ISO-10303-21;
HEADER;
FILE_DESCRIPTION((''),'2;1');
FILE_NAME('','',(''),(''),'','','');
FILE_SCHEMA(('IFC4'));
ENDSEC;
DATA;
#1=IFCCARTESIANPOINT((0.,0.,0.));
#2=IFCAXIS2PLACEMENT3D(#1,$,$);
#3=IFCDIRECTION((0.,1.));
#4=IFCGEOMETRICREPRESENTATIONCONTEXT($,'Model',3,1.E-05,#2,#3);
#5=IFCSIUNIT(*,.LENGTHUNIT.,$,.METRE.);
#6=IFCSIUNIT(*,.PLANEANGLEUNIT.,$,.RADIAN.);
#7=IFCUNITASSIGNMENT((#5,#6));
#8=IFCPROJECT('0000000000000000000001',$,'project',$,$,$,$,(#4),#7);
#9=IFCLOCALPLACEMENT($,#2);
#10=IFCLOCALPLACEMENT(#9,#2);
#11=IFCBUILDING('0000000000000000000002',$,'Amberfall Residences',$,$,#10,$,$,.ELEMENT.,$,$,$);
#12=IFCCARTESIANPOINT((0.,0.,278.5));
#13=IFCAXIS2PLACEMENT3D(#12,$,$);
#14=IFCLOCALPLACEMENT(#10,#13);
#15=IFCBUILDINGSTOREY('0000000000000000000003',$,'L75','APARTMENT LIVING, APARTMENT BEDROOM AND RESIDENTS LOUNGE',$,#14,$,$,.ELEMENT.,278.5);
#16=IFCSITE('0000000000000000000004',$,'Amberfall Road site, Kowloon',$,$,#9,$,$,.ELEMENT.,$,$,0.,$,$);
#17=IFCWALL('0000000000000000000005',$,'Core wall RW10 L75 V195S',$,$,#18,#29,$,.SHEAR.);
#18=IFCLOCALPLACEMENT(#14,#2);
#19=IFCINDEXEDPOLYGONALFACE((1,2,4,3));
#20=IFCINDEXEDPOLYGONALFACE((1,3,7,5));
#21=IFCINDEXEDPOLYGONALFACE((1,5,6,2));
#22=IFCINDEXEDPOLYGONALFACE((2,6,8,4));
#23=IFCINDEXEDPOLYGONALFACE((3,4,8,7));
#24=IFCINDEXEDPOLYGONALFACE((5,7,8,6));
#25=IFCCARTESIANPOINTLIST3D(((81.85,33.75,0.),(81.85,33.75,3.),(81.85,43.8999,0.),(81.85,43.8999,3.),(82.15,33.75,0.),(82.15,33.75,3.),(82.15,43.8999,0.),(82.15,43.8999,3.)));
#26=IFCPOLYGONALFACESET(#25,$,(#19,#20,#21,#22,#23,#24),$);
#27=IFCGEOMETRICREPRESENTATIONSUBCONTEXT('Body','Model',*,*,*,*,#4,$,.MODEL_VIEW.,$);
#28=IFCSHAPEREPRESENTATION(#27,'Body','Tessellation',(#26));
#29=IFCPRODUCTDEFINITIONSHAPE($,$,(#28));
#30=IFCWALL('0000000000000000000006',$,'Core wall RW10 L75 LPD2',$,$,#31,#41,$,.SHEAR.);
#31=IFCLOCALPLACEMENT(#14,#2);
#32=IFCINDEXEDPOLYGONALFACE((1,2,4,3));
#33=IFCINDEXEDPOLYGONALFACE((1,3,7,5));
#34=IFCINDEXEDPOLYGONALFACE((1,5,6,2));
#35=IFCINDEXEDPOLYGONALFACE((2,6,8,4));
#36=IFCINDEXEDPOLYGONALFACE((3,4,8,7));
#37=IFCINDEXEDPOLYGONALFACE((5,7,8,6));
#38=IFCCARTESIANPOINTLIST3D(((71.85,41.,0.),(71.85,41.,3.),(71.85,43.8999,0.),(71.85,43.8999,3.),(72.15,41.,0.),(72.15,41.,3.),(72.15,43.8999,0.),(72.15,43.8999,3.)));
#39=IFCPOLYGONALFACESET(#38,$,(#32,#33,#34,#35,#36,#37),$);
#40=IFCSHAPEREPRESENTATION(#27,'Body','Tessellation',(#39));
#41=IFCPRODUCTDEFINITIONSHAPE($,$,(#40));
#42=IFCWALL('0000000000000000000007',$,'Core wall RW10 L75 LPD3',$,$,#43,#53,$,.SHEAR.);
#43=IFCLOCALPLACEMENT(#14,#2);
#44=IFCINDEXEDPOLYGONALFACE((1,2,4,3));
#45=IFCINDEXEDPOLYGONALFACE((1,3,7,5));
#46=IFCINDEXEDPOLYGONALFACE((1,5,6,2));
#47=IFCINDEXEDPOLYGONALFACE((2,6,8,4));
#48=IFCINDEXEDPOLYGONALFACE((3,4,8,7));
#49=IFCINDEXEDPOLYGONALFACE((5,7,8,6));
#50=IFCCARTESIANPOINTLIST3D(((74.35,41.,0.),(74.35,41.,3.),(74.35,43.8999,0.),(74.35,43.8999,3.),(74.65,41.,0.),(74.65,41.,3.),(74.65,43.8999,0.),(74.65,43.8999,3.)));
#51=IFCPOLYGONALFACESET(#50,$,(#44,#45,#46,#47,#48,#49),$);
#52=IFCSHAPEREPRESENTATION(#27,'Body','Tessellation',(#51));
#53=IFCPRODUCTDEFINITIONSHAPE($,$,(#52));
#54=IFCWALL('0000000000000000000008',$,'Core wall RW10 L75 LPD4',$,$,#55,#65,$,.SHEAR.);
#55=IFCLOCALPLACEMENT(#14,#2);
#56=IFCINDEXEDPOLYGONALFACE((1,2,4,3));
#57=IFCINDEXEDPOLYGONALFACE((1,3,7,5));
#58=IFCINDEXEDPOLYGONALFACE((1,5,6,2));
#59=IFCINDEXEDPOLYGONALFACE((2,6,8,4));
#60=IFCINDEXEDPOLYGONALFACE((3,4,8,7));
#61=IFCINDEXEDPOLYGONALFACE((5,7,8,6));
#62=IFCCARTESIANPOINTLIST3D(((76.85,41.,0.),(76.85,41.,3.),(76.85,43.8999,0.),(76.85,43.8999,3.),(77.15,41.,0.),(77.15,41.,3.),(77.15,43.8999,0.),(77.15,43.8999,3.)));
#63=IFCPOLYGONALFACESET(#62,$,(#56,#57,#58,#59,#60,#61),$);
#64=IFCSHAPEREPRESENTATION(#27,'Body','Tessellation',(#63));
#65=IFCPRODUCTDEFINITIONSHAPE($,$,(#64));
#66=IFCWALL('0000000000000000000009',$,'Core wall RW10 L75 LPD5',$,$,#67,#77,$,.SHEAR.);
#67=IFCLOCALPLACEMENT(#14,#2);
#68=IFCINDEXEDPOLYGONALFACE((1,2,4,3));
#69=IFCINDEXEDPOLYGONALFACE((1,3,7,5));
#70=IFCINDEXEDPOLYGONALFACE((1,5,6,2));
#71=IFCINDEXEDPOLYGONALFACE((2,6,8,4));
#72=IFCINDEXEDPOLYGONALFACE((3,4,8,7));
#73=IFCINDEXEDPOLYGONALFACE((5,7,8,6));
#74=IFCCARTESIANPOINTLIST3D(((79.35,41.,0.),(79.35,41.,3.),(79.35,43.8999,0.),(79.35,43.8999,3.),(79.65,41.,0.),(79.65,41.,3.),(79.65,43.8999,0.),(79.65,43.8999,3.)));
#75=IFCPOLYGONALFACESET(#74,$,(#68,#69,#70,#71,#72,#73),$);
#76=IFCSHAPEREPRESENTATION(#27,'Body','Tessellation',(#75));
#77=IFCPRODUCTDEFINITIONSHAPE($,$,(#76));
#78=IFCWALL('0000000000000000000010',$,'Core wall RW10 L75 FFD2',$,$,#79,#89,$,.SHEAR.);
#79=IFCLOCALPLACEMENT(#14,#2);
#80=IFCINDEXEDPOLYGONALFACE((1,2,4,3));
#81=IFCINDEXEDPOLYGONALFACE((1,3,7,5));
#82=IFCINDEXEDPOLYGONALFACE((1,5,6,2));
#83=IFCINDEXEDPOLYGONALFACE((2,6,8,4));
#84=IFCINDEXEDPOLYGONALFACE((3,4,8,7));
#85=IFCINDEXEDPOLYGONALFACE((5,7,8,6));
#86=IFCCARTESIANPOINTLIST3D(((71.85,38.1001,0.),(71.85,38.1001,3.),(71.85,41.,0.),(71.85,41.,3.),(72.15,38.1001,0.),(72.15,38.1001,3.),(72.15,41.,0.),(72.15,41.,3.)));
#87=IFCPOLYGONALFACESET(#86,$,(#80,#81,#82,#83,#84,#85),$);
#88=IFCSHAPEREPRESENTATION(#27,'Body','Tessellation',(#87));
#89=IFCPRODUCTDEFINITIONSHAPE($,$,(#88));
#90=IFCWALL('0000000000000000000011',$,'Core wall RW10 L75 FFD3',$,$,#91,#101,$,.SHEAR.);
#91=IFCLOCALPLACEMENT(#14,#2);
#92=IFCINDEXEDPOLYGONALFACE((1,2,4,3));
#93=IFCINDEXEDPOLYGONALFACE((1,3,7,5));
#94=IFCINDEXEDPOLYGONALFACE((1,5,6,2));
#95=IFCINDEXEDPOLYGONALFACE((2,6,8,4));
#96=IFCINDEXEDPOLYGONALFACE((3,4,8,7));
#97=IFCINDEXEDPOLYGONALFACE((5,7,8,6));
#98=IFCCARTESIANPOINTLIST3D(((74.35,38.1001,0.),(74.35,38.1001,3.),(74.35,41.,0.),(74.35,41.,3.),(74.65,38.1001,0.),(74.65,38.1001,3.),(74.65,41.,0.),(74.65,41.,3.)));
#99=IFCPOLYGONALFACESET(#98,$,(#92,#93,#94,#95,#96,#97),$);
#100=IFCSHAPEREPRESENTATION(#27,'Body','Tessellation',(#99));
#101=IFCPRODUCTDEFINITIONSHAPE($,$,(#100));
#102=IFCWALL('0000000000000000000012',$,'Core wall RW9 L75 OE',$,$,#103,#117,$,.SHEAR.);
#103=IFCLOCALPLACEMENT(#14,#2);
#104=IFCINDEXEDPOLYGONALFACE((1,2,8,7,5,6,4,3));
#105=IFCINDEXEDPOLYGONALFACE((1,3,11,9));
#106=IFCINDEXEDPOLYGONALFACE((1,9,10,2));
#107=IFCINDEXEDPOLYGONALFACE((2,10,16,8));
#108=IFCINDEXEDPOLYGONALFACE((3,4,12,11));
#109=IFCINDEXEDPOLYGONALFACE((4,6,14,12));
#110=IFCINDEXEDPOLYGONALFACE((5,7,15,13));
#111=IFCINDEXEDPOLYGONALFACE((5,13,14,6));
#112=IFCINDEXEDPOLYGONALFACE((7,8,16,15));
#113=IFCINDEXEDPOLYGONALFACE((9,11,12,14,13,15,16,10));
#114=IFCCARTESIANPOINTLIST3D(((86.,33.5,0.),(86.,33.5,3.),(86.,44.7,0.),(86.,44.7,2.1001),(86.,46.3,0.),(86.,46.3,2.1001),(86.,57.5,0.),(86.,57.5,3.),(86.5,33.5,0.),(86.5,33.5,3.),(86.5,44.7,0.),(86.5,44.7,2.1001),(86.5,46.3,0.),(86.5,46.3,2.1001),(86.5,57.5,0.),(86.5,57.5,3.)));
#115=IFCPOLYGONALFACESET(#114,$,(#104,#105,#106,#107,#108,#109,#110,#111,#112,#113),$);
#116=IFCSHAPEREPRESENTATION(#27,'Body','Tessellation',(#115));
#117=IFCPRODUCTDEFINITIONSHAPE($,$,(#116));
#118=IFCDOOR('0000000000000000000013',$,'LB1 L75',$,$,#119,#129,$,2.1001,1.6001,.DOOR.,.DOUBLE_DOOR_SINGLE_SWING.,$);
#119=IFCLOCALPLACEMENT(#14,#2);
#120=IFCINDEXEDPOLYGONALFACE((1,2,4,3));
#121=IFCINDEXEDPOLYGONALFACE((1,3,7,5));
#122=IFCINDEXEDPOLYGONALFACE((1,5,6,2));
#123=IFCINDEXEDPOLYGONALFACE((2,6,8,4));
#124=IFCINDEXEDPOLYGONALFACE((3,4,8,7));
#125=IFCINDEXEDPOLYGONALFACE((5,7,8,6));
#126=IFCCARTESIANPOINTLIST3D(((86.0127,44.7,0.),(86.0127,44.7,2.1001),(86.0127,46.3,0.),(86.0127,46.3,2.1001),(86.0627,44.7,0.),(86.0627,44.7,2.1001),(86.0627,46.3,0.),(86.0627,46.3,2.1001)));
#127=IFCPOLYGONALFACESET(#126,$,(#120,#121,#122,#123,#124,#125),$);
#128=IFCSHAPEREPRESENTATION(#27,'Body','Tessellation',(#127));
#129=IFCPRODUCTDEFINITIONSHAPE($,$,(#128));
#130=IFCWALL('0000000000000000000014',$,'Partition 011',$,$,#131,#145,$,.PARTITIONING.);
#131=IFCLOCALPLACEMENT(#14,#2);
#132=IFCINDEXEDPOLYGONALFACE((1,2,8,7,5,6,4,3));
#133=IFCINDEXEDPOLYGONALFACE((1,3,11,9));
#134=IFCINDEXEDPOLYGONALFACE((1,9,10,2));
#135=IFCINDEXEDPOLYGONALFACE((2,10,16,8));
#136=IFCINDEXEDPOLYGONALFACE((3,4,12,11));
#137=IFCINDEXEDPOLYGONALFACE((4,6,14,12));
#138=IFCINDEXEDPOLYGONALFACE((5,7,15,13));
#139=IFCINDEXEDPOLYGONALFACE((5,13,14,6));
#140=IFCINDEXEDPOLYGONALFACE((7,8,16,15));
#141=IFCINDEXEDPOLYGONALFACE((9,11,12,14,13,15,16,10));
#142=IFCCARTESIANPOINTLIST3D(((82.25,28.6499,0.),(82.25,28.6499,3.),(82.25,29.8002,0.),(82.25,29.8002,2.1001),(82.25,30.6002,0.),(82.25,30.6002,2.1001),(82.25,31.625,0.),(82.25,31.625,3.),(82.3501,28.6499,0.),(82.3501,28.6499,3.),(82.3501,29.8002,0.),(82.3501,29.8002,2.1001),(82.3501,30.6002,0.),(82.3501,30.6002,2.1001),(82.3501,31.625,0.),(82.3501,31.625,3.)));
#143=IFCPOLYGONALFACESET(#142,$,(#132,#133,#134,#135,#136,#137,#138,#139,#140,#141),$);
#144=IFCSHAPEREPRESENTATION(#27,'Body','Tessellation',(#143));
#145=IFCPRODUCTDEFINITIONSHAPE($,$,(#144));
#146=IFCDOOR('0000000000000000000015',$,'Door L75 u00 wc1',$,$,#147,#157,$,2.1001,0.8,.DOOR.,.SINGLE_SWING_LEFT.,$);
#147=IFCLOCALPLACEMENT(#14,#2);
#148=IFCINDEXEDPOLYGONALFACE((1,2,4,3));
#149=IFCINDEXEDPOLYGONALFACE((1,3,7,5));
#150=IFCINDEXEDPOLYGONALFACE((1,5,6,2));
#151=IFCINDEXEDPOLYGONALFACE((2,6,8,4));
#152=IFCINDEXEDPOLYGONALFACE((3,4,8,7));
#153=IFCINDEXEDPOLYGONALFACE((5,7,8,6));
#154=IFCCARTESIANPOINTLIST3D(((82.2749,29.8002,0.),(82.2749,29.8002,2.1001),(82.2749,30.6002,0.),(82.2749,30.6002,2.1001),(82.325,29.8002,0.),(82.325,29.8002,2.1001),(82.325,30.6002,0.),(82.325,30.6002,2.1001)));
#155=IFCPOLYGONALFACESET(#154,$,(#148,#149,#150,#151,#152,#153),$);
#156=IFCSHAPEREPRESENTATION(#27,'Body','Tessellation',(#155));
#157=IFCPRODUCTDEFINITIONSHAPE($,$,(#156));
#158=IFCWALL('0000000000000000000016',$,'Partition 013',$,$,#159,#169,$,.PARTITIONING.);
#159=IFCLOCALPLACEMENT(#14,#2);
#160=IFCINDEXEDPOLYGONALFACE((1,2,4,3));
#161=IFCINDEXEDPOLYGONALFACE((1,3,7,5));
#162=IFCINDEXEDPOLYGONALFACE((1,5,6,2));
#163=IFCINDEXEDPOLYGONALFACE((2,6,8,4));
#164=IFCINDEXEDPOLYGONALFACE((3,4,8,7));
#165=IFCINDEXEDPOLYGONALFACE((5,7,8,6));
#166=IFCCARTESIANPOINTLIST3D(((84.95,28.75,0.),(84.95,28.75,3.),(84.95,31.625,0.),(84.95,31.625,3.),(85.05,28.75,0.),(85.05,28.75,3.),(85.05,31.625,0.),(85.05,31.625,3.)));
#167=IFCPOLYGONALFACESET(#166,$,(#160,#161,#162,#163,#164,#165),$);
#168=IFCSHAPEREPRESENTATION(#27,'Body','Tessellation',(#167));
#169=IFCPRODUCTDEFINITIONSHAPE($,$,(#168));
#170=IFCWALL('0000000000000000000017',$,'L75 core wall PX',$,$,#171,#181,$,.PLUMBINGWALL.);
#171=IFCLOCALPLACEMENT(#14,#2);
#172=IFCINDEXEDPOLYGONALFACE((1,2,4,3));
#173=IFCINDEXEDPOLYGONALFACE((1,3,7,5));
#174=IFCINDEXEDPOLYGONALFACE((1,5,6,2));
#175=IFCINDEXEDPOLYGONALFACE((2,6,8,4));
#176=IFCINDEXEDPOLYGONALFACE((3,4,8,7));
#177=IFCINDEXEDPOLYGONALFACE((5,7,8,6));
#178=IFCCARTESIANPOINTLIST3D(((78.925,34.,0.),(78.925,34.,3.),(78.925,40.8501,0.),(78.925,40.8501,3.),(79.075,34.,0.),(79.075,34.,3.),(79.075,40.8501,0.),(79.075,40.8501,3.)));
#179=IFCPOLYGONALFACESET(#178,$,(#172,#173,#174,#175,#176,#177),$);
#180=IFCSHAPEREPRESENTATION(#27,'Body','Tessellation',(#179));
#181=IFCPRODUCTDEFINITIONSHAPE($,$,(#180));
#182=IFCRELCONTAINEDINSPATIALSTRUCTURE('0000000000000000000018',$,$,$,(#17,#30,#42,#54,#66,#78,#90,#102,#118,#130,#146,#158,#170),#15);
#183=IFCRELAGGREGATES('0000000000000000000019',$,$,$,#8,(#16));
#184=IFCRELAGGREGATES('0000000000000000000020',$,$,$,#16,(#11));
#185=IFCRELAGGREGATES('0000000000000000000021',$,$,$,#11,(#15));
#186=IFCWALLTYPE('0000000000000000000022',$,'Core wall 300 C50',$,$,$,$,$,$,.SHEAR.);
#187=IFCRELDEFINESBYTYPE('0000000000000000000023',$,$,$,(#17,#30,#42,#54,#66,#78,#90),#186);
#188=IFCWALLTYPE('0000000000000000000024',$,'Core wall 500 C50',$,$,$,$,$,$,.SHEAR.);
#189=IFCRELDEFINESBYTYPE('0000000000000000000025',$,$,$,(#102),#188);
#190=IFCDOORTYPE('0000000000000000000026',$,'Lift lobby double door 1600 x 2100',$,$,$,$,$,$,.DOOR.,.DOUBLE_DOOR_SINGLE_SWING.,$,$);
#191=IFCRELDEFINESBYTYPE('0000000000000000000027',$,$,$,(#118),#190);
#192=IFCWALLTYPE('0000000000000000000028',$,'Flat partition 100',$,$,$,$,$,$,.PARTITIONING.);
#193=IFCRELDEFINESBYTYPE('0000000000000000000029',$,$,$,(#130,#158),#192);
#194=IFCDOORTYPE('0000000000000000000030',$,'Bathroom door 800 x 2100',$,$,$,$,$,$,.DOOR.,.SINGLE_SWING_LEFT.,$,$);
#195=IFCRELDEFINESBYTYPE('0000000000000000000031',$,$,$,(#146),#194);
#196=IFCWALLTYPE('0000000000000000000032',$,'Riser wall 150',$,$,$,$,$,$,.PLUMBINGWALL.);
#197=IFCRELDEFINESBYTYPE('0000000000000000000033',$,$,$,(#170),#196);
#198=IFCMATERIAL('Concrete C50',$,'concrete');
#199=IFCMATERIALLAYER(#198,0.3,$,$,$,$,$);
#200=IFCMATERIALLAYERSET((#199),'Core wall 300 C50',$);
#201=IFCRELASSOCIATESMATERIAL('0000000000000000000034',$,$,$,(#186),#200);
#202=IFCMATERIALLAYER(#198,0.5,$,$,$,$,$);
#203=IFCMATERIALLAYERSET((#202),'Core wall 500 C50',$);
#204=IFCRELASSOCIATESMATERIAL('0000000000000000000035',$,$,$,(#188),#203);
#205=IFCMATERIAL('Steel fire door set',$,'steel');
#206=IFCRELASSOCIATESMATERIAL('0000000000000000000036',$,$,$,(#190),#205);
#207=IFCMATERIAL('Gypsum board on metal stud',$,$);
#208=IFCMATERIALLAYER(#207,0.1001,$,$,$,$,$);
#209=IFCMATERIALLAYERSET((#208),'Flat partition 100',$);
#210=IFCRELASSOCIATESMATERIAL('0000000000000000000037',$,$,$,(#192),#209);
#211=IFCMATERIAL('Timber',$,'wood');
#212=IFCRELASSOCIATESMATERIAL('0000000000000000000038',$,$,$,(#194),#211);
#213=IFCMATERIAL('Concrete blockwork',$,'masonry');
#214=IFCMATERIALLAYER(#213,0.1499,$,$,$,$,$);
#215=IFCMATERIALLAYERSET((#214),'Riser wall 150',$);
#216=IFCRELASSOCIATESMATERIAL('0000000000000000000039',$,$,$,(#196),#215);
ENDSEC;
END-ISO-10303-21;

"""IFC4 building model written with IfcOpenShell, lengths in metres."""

from ifc_helpers import new_model, si_unit, direction, frame, frame_2d, origin, place, context, subcontext, project, spatial, rectangle, extrude, material, layer, layer_set, type_object, element, fill, save


model = new_model("IFC4")

# Units and contexts
model_context = context("Model", 3, precision=1e-05, world=origin(), true_north=direction((0.0, 1.0)))
body_context = subcontext(model_context, "Body", "Model", "MODEL_VIEW")
ifc_project = project(units=[si_unit("LENGTHUNIT", "METRE"), si_unit("PLANEANGLEUNIT", "RADIAN")], contexts=[model_context])

# Site, building, storey
site_placement = place(None, origin())
site = spatial("IfcSite", under=ifc_project, at=site_placement, Name="Amberfall Road site, Kowloon", CompositionType="ELEMENT", RefElevation=0.0)
building_placement = place(site_placement, origin())
building = spatial("IfcBuilding", under=site, at=building_placement, Name="Amberfall Residences", CompositionType="ELEMENT")
storey_placement = place(building_placement, frame((0.0, 0.0, 278.5)))
storey = spatial("IfcBuildingStorey", under=building, at=storey_placement, Name="L75", Description="APARTMENT LIVING, APARTMENT BEDROOM AND RESIDENTS LOUNGE", CompositionType="ELEMENT", Elevation=278.5)

# Walls
ifc_material_1 = material(Name="Concrete C50", Category="concrete")
ifc_layer_1 = layer(ifc_material_1, 0.3)
ifc_layer_set_1 = layer_set([ifc_layer_1], Name="Core wall 300 C50")
wall_type_1 = type_object("IfcWallType", Name="Core wall 300 C50", PredefinedType="SHEAR", material=ifc_layer_set_1)
wall_1_placement = place(storey_placement, frame((82.0, 33.75, 0.0), z_axis=(0.0, 0.0, 1.0), x_axis=(0.0, 1.0, 0.0)))
element("IfcWall", 1, at=wall_1_placement, inside=storey, type_object=wall_type_1, Name="Core wall RW10 L75 V195S", PredefinedType="SHEAR", context=body_context, shape_type="SweptSolid", body=[
    extrude(rectangle(XDim=10.1499, YDim=0.3, at=frame_2d((5.075, 0.0))), origin(), (0.0, 0.0, 1.0), 3.0),
])
for number, where, z_axis, x_axis, name in (
    (2, (72.0, 41.0, 0.0), (0.0, 0.0, 1.0), (0.0, 1.0, 0.0), "Core wall RW10 L75 LPD2"),
    (3, (74.5, 41.0, 0.0), (0.0, 0.0, 1.0), (0.0, 1.0, 0.0), "Core wall RW10 L75 LPD3"),
    (4, (77.0, 41.0, 0.0), (0.0, 0.0, 1.0), (0.0, 1.0, 0.0), "Core wall RW10 L75 LPD4"),
    (5, (79.5, 41.0, 0.0), (0.0, 0.0, 1.0), (0.0, 1.0, 0.0), "Core wall RW10 L75 LPD5"),
    (6, (72.0, 38.1001, 0.0), (0.0, 0.0, 1.0), (0.0, 1.0, 0.0), "Core wall RW10 L75 FFD2"),
    (7, (74.5, 38.1001, 0.0), (0.0, 0.0, 1.0), (0.0, 1.0, 0.0), "Core wall RW10 L75 FFD3"),
):
    element("IfcWall", number, at=place(storey_placement, frame(where, z_axis=z_axis, x_axis=x_axis)), inside=storey, type_object=wall_type_1, Name=name, PredefinedType="SHEAR", context=body_context, shape_type="SweptSolid", body=[
        extrude(rectangle(XDim=2.8999, YDim=0.3, at=frame_2d((1.45, 0.0))), origin(), (0.0, 0.0, 1.0), 3.0),
    ])

# Walls, openings, doors
ifc_layer_2 = layer(ifc_material_1, 0.5)
ifc_layer_set_2 = layer_set([ifc_layer_2], Name="Core wall 500 C50")
wall_type_2 = type_object("IfcWallType", Name="Core wall 500 C50", PredefinedType="SHEAR", material=ifc_layer_set_2)
wall_2_placement = place(storey_placement, frame((86.25, 33.5, 0.0), z_axis=(0.0, 0.0, 1.0), x_axis=(0.0, 1.0, 0.0)))
wall_2 = element("IfcWall", 8, at=wall_2_placement, inside=storey, type_object=wall_type_2, Name="Core wall RW9 L75 OE", PredefinedType="SHEAR", context=body_context, shape_type="SweptSolid", body=[
    extrude(rectangle(XDim=24.0, YDim=0.5, at=frame_2d((12.0, 0.0))), origin(), (0.0, 0.0, 1.0), 3.0),
])
opening_1_placement = place(wall_2_placement, frame((11.2, 0.0, 0.0)))
opening_1 = element("IfcOpeningElement", 9, at=opening_1_placement, cuts=wall_2, PredefinedType="OPENING", context=body_context, shape_type="SweptSolid", body=[
    extrude(rectangle(XDim=1.6001, YDim=2.1001, at=frame_2d((0.8, 1.05))), frame((0.0, 0.26, 0.0), z_axis=(0.0, -1.0, 0.0), x_axis=(1.0, 0.0, 0.0)), (0.0, 0.0, 1.0), 0.52),
])
ifc_material_2 = material(Name="Steel fire door set", Category="steel")
door_type_1 = type_object("IfcDoorType", Name="Lift lobby double door 1600 x 2100", OperationType="DOUBLE_DOOR_SINGLE_SWING", PredefinedType="DOOR", material=ifc_material_2)
door_1_placement = place(opening_1_placement, origin())
door_1 = element("IfcDoor", 10, at=door_1_placement, inside=storey, type_object=door_type_1, Name="LB1 L75", OperationType="DOUBLE_DOOR_SINGLE_SWING", OverallHeight=2.1001, OverallWidth=1.6001, PredefinedType="DOOR", context=body_context, shape_type="SweptSolid", body=[
    extrude(rectangle(XDim=1.6001, YDim=2.1001, at=frame_2d((0.8, 1.05))), frame((0.0, 0.2373, 0.0), z_axis=(0.0, -1.0, 0.0), x_axis=(1.0, 0.0, 0.0)), (0.0, 0.0, 1.0), 0.05),
])
fill(opening_1, door_1)
ifc_material_3 = material(Name="Gypsum board on metal stud")
ifc_layer_3 = layer(ifc_material_3, 0.1001)
ifc_layer_set_3 = layer_set([ifc_layer_3], Name="Flat partition 100")
wall_type_3 = type_object("IfcWallType", Name="Flat partition 100", PredefinedType="PARTITIONING", material=ifc_layer_set_3)
wall_3_placement = place(storey_placement, frame((82.3, 31.625, 0.0), z_axis=(0.0, 0.0, 1.0), x_axis=(0.0, -1.0, 0.0)))
wall_3 = element("IfcWall", 11, at=wall_3_placement, inside=storey, type_object=wall_type_3, Name="Partition 011", PredefinedType="PARTITIONING", context=body_context, shape_type="SweptSolid", body=[
    extrude(rectangle(XDim=2.9751, YDim=0.1001, at=frame_2d((1.4875, 0.0))), origin(), (0.0, 0.0, 1.0), 3.0),
])
opening_2_placement = place(wall_3_placement, frame((1.0249, 0.0, 0.0)))
opening_2 = element("IfcOpeningElement", 12, at=opening_2_placement, cuts=wall_3, PredefinedType="OPENING", context=body_context, shape_type="SweptSolid", body=[
    extrude(rectangle(XDim=0.8, YDim=2.1001, at=frame_2d((0.3999, 1.05))), frame((0.0, 0.0601, 0.0), z_axis=(0.0, -1.0, 0.0), x_axis=(1.0, 0.0, 0.0)), (0.0, 0.0, 1.0), 0.1201),
])
ifc_material_4 = material(Name="Timber", Category="wood")
door_type_2 = type_object("IfcDoorType", Name="Bathroom door 800 x 2100", OperationType="SINGLE_SWING_LEFT", PredefinedType="DOOR", material=ifc_material_4)
door_2_placement = place(opening_2_placement, origin())
door_2 = element("IfcDoor", 13, at=door_2_placement, inside=storey, type_object=door_type_2, Name="Door L75 u00 wc1", OperationType="SINGLE_SWING_LEFT", OverallHeight=2.1001, OverallWidth=0.8, PredefinedType="DOOR", context=body_context, shape_type="SweptSolid", body=[
    extrude(rectangle(XDim=0.8, YDim=2.1001, at=frame_2d((0.3999, 1.05))), frame((0.0, 0.0249, 0.0), z_axis=(0.0, -1.0, 0.0), x_axis=(1.0, 0.0, 0.0)), (0.0, 0.0, 1.0), 0.05),
])
fill(opening_2, door_2)

# Walls
wall_4_placement = place(storey_placement, frame((85.0, 28.75, 0.0), z_axis=(0.0, 0.0, 1.0), x_axis=(0.0, 1.0, 0.0)))
element("IfcWall", 14, at=wall_4_placement, inside=storey, type_object=wall_type_3, Name="Partition 013", PredefinedType="PARTITIONING", context=body_context, shape_type="SweptSolid", body=[
    extrude(rectangle(XDim=2.875, YDim=0.1001, at=frame_2d((1.4375, 0.0))), origin(), (0.0, 0.0, 1.0), 3.0),
])
ifc_material_5 = material(Name="Concrete blockwork", Category="masonry")
ifc_layer_4 = layer(ifc_material_5, 0.1499)
ifc_layer_set_4 = layer_set([ifc_layer_4], Name="Riser wall 150")
wall_type_4 = type_object("IfcWallType", Name="Riser wall 150", PredefinedType="PLUMBINGWALL", material=ifc_layer_set_4)
wall_5_placement = place(storey_placement, frame((79.0, 34.0, 0.0), z_axis=(0.0, 0.0, 1.0), x_axis=(0.0, 1.0, 0.0)))
element("IfcWall", 15, at=wall_5_placement, inside=storey, type_object=wall_type_4, Name="L75 core wall PX", PredefinedType="PLUMBINGWALL", context=body_context, shape_type="SweptSolid", body=[
    extrude(rectangle(XDim=6.8501, YDim=0.1499, at=frame_2d((3.425, 0.0))), origin(), (0.0, 0.0, 1.0), 3.0),
])

save(model, "model.ifc")
